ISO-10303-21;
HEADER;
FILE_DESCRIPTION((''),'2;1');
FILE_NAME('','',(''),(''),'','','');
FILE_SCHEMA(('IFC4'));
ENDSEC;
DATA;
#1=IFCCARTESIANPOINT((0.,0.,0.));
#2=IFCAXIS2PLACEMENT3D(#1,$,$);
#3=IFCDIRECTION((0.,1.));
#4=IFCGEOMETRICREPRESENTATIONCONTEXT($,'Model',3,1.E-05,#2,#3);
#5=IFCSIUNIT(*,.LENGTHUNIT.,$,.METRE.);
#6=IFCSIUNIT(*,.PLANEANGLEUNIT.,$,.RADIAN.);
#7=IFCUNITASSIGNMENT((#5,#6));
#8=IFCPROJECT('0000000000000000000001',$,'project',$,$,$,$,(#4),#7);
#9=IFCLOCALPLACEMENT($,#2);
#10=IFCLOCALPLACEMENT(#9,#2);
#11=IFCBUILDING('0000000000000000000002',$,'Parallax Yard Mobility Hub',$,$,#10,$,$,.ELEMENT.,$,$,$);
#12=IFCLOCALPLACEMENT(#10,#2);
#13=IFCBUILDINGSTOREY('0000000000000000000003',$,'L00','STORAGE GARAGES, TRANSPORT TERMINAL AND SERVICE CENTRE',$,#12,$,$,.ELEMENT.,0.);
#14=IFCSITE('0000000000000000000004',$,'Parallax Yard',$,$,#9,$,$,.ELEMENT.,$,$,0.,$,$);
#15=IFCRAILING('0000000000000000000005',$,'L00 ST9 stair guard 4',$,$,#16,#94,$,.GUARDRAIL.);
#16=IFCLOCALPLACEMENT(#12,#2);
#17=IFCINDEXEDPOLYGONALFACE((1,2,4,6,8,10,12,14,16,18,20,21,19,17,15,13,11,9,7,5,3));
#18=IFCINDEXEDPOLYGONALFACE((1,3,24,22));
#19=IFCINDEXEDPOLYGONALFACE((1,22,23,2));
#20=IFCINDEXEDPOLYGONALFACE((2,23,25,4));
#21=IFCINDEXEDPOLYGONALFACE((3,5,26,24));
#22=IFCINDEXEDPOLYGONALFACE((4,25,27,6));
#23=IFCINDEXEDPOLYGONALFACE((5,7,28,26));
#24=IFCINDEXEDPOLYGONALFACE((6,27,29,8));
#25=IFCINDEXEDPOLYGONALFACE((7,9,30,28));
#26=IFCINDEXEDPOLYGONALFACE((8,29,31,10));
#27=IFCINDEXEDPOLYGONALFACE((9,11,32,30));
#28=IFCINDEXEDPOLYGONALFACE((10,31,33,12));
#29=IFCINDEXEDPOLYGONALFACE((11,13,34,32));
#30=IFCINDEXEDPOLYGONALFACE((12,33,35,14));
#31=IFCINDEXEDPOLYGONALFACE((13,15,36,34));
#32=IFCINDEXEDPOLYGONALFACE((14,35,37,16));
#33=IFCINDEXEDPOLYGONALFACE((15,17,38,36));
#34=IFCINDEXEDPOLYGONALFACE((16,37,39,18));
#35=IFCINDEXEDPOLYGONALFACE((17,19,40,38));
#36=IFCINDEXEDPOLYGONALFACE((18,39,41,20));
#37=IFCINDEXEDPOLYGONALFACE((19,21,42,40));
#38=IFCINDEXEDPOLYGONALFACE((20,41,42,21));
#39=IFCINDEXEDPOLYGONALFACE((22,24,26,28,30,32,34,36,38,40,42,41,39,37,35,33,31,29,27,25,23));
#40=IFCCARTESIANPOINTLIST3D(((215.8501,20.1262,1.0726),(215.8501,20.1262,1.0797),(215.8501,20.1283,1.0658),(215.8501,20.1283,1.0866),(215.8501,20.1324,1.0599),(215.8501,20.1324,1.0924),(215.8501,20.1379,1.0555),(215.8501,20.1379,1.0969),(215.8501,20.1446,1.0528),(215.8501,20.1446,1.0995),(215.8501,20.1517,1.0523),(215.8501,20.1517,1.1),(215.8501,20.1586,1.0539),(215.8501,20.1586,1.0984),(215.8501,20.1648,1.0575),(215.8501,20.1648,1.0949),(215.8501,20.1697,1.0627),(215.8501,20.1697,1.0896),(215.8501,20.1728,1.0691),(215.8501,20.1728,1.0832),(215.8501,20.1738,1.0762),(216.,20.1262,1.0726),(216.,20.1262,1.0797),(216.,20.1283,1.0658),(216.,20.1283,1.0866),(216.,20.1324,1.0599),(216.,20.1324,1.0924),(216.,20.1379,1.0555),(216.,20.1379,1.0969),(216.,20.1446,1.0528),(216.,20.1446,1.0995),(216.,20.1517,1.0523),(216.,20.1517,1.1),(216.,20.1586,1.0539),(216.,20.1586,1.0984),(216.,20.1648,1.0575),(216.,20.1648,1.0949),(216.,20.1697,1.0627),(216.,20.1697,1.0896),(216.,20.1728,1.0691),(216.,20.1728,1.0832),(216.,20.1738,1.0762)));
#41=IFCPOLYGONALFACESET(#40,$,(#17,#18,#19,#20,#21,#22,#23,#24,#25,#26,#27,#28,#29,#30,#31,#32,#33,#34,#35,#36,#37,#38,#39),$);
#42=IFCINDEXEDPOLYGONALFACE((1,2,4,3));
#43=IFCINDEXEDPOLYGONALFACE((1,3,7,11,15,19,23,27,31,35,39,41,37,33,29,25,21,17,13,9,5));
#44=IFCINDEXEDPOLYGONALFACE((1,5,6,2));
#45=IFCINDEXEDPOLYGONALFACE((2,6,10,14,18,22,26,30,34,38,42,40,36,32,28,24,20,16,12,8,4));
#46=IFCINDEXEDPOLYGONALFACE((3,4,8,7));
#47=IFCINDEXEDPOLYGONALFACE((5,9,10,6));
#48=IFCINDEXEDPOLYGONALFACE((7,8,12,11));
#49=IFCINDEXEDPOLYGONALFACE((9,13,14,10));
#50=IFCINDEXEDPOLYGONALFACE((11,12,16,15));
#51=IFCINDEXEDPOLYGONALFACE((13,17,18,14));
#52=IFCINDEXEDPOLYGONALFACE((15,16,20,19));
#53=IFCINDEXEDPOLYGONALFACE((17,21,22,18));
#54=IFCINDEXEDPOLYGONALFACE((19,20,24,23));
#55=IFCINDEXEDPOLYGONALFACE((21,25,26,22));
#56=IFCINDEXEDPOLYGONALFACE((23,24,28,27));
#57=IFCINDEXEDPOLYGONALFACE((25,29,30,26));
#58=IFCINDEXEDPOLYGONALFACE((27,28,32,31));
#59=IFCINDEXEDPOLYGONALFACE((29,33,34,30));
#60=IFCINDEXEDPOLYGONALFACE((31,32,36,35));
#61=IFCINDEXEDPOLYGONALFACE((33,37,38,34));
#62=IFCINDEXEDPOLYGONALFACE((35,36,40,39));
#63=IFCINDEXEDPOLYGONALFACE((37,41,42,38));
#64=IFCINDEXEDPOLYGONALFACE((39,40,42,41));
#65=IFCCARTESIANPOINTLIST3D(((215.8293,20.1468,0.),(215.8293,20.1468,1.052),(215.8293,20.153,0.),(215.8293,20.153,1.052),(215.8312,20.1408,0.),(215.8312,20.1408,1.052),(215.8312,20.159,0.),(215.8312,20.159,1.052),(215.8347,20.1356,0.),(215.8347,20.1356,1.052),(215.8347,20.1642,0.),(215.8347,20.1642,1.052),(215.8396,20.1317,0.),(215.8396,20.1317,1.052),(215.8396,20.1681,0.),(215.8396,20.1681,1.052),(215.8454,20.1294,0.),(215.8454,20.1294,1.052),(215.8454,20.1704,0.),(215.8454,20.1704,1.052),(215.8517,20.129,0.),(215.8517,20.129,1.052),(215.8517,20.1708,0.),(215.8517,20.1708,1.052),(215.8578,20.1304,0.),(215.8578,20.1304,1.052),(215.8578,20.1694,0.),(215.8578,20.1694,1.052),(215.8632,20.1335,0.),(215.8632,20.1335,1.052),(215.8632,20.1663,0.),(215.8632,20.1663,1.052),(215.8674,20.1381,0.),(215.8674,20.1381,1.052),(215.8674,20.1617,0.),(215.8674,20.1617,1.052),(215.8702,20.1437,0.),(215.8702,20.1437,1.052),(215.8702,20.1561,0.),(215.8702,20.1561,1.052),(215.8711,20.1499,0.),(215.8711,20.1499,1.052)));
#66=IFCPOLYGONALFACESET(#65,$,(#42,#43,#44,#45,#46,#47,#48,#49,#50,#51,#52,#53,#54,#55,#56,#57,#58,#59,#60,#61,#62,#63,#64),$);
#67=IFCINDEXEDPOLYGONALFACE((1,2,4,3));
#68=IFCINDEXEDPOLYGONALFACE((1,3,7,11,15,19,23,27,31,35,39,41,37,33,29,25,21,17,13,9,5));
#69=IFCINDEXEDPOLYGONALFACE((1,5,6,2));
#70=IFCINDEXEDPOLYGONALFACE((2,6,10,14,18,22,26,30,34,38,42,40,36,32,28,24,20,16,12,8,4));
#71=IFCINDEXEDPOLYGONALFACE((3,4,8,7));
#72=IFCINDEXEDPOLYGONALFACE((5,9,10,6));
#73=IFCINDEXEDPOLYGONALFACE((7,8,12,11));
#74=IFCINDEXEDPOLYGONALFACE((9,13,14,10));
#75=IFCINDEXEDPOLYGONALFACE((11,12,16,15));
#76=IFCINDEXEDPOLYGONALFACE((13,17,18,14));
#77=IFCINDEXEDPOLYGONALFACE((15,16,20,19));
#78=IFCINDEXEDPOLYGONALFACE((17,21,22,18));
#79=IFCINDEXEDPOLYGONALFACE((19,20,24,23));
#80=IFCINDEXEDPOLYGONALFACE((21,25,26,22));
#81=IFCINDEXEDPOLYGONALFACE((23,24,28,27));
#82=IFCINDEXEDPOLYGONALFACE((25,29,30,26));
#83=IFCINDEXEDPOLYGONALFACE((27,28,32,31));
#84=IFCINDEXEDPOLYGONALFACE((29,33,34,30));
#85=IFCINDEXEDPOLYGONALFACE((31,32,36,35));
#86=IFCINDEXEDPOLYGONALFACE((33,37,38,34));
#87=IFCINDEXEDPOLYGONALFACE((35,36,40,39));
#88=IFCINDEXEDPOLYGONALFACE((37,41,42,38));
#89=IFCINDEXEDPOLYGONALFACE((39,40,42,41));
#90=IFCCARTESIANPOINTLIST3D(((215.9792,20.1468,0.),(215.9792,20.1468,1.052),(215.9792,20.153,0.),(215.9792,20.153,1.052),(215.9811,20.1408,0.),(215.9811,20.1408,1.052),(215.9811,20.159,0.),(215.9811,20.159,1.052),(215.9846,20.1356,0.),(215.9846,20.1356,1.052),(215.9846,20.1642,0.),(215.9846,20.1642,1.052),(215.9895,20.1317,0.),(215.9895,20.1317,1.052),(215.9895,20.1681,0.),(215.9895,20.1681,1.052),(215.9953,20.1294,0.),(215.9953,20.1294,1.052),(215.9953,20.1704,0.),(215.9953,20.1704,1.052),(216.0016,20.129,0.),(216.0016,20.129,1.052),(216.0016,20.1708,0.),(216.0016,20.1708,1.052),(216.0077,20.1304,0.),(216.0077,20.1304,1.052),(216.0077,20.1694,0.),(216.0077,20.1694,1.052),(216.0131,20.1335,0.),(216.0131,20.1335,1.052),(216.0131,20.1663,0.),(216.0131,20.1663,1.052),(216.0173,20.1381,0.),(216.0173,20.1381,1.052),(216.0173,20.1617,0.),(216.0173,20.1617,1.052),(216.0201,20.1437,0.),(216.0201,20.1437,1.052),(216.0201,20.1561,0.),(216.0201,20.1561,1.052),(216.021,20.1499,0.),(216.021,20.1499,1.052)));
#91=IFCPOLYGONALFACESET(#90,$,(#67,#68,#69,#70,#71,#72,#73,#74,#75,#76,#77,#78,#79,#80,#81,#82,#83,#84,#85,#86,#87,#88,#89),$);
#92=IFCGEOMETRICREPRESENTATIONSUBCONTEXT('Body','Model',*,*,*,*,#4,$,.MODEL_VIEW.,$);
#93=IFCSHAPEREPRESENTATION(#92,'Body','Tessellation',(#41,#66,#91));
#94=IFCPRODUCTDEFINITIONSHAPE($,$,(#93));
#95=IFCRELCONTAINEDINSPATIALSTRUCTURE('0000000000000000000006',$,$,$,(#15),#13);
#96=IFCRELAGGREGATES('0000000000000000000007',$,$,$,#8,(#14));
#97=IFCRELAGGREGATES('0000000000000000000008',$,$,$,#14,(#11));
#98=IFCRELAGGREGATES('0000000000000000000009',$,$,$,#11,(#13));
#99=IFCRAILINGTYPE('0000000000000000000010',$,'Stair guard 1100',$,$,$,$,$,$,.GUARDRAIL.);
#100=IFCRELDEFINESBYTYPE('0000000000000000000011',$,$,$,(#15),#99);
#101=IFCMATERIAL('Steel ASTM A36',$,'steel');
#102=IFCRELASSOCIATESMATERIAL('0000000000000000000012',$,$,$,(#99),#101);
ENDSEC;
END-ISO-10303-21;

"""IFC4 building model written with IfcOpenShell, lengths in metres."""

from ifc_helpers import new_model, si_unit, direction, frame, origin, origin_2d, place, context, subcontext, project, spatial, circle, extrude, material, type_object, element, save


model = new_model("IFC4")

# Units and contexts
model_context = context("Model", 3, precision=1e-05, world=origin(), true_north=direction((0.0, 1.0)))
body_context = subcontext(model_context, "Body", "Model", "MODEL_VIEW")
ifc_project = project(units=[si_unit("LENGTHUNIT", "METRE"), si_unit("PLANEANGLEUNIT", "RADIAN")], contexts=[model_context])

# Site, building, storey
site_placement = place(None, origin())
site = spatial("IfcSite", under=ifc_project, at=site_placement, Name="Parallax Yard", CompositionType="ELEMENT", RefElevation=0.0)
building_placement = place(site_placement, origin())
building = spatial("IfcBuilding", under=site, at=building_placement, Name="Parallax Yard Mobility Hub", CompositionType="ELEMENT")
storey_placement = place(building_placement, origin())
storey = spatial("IfcBuildingStorey", under=building, at=storey_placement, Name="L00", Description="STORAGE GARAGES, TRANSPORT TERMINAL AND SERVICE CENTRE", CompositionType="ELEMENT", Elevation=0.0)

# Railing
ifc_material_1 = material(Name="Steel ASTM A36", Category="steel")
railing_type_1 = type_object("IfcRailingType", Name="Stair guard 1100", PredefinedType="GUARDRAIL", material=ifc_material_1)
railing_1_placement = place(storey_placement, frame((215.8501, 20.1499, 0.0)))
element("IfcRailing", 1, at=railing_1_placement, inside=storey, type_object=railing_type_1, Name="L00 ST9 stair guard 4", PredefinedType="GUARDRAIL", context=body_context, shape_type="SweptSolid", body=[
    extrude(circle(Radius=0.0239, at=origin_2d()), frame((0.0, 0.0, 1.0762), z_axis=(1.0, 0.0, 0.0), x_axis=(0.0, 1.0, 0.0)), (0.0, 0.0, 1.0), 0.1499),
    extrude(circle(Radius=0.021, at=origin_2d()), origin(), (0.0, 0.0, 1.0), 1.052),
    extrude(circle(Radius=0.021, at=origin_2d()), frame((0.1499, 0.0, 0.0)), (0.0, 0.0, 1.0), 1.052),
])

save(model, "model.ifc")
